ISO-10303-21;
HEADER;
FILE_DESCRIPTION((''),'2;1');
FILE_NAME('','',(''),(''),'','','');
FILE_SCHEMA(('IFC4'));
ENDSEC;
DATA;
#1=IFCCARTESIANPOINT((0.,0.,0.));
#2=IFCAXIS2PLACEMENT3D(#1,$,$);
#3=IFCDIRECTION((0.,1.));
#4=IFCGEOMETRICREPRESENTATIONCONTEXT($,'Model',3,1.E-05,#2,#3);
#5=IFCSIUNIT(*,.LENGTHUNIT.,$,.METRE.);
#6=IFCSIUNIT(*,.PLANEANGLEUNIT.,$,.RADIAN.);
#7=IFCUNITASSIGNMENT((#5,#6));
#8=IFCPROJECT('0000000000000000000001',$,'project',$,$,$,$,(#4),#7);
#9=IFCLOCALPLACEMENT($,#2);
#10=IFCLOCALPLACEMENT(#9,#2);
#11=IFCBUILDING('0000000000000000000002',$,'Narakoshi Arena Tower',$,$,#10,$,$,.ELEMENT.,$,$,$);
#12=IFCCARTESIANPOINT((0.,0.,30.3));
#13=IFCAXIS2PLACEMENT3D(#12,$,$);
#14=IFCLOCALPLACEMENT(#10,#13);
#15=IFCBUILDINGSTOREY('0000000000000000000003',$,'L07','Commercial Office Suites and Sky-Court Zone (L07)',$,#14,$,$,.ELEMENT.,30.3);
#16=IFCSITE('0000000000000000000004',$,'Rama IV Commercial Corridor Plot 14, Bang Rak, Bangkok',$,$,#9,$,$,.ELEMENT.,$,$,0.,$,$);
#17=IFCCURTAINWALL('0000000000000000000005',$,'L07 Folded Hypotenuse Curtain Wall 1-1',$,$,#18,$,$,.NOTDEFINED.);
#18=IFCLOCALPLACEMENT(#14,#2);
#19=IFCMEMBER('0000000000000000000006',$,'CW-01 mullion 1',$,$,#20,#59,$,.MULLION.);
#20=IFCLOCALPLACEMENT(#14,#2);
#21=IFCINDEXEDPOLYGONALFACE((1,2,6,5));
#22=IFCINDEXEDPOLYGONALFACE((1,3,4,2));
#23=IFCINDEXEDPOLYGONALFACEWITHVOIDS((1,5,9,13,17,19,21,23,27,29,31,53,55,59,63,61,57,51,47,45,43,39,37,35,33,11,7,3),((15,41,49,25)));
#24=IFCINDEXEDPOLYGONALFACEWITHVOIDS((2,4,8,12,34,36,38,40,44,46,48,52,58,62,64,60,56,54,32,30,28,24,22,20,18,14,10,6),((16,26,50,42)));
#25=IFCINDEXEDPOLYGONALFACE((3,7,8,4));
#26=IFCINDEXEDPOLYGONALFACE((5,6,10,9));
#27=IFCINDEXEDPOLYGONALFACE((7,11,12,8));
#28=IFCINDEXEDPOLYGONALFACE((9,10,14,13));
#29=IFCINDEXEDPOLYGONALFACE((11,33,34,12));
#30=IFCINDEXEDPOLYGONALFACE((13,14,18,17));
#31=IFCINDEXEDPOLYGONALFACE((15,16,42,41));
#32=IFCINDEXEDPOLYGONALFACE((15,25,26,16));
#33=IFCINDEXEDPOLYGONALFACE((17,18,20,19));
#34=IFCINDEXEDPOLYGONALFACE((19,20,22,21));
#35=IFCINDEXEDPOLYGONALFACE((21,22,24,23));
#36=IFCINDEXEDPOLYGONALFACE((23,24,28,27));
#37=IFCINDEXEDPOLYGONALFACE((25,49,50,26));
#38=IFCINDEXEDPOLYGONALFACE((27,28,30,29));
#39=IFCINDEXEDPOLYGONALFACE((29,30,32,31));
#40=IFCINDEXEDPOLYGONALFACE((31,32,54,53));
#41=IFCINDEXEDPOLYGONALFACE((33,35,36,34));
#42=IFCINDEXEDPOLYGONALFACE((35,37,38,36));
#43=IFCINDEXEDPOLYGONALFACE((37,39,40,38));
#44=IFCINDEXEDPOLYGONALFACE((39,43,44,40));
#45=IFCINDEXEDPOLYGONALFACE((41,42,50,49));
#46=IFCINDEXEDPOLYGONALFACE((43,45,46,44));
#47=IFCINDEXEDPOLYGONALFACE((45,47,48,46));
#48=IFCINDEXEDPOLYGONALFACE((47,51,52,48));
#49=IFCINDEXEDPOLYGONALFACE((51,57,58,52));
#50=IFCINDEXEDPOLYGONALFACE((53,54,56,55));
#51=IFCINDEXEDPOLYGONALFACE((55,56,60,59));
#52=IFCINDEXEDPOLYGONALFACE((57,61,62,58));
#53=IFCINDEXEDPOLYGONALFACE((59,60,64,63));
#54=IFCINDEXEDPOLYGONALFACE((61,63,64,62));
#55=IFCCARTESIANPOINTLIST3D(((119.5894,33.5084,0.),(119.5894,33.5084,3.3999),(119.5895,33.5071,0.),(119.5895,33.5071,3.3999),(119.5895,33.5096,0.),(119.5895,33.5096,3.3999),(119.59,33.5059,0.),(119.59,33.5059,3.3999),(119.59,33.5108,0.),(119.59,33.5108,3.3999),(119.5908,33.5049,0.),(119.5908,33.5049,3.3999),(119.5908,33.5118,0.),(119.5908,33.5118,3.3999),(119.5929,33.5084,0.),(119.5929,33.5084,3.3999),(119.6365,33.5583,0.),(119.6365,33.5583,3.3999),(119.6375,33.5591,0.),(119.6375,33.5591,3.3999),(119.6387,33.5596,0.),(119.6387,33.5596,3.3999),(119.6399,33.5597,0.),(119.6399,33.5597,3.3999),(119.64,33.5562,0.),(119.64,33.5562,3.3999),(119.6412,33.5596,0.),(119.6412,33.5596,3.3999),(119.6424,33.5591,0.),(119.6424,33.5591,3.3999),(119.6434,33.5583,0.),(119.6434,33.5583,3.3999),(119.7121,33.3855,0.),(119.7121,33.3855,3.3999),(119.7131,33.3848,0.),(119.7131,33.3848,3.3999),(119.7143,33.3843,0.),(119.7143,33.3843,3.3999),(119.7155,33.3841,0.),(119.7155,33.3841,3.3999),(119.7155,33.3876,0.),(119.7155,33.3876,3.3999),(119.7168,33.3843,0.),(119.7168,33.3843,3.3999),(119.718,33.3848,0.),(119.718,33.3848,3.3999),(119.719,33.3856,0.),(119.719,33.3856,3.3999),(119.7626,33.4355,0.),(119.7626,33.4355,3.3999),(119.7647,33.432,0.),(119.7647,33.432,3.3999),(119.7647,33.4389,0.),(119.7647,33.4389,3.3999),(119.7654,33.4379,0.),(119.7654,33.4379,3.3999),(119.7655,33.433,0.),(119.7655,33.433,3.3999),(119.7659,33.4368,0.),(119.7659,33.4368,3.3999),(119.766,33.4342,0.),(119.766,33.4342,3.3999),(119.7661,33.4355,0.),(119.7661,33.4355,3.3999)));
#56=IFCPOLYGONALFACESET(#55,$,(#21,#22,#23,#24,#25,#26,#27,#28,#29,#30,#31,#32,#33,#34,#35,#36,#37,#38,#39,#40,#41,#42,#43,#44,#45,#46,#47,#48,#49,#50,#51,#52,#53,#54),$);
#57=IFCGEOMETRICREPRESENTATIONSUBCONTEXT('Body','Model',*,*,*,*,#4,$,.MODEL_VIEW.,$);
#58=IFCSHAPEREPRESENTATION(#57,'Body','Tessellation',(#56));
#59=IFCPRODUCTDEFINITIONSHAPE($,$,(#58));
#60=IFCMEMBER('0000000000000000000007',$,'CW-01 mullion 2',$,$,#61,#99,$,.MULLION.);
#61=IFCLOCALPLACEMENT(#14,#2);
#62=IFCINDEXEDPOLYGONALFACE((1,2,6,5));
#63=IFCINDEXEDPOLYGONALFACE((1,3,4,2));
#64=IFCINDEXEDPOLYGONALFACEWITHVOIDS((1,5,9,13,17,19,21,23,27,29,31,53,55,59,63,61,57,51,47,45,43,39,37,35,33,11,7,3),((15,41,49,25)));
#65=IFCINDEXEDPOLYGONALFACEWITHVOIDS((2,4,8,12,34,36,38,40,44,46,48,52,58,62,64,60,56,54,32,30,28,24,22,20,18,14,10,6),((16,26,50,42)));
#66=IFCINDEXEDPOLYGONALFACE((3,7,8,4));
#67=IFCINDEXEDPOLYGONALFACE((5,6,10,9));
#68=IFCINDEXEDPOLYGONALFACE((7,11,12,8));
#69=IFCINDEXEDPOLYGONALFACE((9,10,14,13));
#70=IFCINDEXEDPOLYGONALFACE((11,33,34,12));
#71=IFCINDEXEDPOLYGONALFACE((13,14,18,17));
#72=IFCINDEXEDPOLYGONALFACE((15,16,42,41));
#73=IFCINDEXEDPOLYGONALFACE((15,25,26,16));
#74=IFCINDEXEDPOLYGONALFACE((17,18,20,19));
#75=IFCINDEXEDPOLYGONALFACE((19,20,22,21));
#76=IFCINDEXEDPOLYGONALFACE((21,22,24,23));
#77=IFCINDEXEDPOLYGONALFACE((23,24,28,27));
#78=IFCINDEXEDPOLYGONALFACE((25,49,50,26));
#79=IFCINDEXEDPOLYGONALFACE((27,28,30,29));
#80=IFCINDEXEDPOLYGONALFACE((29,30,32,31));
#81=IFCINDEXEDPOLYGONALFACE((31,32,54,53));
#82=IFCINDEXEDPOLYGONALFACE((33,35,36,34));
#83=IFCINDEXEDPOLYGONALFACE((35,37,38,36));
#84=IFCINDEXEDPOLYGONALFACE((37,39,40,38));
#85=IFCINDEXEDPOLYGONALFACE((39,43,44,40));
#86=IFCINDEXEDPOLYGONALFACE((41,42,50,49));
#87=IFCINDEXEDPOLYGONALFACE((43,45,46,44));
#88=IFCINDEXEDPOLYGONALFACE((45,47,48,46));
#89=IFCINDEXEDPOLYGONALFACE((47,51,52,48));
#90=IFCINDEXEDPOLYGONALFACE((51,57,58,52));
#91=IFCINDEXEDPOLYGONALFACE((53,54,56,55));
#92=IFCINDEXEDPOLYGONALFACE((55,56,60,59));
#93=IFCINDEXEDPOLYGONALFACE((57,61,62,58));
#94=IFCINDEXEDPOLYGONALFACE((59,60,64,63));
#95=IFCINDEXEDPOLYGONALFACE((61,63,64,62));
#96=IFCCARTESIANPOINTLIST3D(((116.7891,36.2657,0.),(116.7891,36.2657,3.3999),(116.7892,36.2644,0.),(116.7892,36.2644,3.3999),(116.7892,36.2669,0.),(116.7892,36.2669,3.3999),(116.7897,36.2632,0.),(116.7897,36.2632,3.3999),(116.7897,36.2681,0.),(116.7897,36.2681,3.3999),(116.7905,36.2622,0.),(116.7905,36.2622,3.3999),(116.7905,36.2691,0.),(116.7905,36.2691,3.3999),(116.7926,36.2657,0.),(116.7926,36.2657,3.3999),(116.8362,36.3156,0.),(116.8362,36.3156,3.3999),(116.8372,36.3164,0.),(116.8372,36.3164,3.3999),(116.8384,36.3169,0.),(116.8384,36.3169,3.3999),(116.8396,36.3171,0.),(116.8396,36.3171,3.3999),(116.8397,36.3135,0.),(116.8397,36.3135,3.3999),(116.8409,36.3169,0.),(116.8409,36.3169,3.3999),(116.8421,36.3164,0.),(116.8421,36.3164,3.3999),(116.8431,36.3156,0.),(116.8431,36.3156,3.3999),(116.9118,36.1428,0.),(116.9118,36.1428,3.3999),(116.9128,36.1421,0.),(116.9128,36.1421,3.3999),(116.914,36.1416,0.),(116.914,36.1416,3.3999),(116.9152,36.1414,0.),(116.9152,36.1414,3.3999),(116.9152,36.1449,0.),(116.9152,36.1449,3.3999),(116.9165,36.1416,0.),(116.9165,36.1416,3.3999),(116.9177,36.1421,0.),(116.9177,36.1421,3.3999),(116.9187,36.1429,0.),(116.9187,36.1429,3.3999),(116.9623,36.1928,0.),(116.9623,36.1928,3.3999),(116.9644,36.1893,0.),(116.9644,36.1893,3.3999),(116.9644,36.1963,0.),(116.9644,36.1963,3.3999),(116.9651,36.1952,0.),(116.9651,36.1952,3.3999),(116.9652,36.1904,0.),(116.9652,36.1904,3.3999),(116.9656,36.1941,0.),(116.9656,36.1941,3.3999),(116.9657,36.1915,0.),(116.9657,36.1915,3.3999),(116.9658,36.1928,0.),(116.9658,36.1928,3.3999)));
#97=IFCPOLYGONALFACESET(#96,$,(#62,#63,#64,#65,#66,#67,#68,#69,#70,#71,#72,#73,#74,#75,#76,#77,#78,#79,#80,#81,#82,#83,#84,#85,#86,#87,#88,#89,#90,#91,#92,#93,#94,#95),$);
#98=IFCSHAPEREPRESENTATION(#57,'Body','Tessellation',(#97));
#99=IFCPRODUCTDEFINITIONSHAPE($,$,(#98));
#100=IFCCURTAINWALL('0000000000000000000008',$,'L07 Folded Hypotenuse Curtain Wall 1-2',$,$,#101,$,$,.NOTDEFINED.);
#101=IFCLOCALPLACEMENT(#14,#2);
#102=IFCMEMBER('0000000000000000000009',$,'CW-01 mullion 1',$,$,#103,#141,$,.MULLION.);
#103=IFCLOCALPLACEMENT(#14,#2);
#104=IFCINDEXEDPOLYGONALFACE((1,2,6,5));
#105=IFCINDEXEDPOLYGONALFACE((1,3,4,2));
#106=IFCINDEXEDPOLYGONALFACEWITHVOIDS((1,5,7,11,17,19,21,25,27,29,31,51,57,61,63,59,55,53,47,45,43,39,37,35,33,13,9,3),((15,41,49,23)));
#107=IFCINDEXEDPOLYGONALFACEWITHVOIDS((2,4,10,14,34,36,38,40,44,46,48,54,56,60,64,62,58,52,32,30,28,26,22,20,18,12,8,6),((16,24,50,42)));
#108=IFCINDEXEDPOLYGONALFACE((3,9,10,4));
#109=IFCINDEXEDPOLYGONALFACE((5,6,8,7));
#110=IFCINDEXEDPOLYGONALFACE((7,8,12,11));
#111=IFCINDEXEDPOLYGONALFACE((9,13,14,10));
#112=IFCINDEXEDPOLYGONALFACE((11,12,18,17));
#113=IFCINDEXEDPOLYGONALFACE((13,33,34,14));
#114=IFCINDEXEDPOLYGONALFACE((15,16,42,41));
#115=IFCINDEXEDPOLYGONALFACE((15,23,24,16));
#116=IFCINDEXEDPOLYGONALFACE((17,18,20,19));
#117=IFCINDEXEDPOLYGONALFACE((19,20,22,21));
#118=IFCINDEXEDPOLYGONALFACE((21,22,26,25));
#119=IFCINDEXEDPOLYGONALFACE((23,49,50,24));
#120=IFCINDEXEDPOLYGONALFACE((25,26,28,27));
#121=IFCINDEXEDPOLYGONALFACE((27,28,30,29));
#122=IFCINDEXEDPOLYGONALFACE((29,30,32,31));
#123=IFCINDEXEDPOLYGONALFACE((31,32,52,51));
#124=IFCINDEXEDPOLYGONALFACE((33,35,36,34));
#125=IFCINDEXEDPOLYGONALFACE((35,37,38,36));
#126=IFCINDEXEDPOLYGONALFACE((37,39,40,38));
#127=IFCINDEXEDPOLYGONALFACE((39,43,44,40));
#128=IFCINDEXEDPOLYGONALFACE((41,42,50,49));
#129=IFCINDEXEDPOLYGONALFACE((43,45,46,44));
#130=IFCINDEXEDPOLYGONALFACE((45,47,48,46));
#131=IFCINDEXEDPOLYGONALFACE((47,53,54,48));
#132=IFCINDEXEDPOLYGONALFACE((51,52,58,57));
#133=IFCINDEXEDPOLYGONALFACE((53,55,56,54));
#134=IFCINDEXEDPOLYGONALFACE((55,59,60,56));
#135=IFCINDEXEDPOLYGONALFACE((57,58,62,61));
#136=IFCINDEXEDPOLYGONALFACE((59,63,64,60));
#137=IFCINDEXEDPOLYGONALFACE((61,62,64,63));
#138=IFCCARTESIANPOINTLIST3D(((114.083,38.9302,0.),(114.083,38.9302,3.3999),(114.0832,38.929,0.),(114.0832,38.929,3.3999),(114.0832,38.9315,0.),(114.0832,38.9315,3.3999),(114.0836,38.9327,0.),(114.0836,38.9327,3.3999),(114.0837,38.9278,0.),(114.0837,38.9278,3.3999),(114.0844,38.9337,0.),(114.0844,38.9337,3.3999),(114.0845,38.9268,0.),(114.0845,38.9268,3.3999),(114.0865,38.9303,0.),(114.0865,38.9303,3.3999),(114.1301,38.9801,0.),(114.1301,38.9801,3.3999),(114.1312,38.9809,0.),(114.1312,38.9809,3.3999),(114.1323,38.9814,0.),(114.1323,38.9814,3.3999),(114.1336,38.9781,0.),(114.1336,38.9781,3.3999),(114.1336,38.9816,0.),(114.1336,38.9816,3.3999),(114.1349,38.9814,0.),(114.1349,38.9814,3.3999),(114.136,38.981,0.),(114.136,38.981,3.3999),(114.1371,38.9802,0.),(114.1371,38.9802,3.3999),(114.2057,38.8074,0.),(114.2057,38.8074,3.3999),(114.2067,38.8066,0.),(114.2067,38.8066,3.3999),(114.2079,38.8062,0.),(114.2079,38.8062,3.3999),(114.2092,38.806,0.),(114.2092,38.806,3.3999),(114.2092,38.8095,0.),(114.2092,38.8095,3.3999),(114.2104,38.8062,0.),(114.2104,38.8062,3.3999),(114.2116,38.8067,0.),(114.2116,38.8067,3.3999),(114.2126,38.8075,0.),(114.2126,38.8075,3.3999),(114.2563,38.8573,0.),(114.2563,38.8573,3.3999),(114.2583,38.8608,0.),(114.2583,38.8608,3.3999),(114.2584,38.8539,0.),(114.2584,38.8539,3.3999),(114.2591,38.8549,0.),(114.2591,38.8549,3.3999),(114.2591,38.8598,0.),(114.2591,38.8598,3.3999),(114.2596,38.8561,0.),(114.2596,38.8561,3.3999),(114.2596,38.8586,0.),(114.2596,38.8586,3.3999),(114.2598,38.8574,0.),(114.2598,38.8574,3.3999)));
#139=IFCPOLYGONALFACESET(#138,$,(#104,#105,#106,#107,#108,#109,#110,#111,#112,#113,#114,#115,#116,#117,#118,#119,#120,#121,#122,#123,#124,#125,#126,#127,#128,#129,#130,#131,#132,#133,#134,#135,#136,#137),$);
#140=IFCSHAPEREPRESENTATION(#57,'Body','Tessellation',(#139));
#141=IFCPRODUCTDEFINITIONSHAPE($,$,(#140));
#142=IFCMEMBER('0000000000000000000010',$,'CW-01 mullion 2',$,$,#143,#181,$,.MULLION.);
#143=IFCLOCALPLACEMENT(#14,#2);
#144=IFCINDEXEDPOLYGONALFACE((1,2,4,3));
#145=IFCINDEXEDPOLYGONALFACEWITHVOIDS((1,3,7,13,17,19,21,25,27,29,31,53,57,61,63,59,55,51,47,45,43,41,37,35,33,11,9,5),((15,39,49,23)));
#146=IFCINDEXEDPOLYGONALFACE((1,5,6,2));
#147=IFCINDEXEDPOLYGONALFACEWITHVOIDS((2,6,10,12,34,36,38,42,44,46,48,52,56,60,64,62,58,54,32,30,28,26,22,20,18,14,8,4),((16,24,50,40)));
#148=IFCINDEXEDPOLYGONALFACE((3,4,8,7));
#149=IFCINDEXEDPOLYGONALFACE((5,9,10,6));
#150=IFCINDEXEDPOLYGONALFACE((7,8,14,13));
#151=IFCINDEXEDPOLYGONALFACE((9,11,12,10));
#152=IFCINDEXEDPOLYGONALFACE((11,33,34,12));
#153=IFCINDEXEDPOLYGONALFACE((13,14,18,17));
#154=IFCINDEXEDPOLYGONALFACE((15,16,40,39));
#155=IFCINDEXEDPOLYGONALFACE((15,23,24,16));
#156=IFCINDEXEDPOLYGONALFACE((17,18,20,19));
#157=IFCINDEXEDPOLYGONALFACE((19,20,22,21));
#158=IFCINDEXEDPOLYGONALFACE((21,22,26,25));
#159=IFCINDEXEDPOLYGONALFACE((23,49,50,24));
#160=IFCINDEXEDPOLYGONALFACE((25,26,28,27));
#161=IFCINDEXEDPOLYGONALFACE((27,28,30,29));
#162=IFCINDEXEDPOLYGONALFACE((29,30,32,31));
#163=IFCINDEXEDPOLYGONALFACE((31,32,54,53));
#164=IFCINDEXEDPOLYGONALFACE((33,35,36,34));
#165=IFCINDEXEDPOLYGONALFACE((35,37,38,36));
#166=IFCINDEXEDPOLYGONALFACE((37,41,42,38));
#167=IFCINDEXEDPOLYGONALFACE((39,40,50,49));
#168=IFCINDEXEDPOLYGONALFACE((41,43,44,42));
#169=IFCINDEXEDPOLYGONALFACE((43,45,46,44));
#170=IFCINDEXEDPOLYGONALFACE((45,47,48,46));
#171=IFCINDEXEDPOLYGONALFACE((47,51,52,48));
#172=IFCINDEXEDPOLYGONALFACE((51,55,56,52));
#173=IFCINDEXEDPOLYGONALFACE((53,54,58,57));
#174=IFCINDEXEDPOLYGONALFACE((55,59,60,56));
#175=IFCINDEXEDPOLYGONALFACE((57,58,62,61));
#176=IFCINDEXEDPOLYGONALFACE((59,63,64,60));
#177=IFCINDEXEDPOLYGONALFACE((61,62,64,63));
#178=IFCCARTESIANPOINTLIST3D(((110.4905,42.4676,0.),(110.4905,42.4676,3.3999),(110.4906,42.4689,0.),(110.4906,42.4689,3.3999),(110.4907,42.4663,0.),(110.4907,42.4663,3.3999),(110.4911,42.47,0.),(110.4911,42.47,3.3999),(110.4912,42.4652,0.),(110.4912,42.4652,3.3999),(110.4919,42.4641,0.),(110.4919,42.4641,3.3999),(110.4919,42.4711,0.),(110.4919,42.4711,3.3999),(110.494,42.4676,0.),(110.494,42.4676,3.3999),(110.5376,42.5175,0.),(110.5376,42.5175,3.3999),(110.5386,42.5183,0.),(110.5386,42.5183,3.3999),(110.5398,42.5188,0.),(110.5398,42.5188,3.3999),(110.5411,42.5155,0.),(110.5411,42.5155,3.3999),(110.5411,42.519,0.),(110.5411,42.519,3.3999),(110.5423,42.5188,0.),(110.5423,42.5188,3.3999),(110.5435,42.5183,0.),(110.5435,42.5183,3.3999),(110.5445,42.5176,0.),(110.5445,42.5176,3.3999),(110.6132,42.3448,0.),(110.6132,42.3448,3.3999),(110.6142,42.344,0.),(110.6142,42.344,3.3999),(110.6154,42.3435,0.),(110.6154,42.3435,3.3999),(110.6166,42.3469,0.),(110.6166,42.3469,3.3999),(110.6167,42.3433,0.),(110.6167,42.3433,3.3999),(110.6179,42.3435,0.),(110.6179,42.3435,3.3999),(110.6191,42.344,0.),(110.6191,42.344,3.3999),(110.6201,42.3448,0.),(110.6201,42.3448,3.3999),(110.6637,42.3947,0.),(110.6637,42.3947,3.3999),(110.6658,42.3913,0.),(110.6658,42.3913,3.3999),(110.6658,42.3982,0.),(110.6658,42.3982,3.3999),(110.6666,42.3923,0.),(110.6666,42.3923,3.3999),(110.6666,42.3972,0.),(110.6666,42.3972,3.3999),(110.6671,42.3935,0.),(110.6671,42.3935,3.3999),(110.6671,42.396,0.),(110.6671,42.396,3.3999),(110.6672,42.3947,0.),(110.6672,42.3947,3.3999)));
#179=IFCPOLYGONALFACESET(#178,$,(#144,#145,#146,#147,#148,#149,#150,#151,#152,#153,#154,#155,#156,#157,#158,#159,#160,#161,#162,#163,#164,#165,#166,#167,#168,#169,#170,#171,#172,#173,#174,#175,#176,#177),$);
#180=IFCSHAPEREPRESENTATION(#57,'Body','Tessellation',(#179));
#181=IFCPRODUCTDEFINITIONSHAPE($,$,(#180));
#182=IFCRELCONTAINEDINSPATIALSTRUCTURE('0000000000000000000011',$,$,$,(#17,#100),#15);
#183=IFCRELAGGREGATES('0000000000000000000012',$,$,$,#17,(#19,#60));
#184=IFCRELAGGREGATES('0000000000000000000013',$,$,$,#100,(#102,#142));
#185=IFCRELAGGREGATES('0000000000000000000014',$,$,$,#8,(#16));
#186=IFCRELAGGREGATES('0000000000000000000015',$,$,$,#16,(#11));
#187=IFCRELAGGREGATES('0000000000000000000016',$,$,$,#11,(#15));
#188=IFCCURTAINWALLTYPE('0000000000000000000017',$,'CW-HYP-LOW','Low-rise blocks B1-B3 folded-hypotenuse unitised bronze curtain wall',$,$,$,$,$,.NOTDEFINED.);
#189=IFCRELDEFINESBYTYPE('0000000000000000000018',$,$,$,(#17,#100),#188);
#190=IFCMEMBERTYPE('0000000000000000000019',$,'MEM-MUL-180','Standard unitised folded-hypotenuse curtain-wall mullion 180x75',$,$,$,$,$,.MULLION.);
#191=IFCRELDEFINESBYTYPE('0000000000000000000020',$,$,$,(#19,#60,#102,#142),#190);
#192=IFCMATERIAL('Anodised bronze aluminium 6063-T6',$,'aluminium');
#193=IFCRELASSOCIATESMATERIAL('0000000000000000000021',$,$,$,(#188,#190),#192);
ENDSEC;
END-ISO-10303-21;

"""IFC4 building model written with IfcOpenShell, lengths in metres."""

from ifc_helpers import new_model, si_unit, direction, frame, origin, origin_2d, place, context, subcontext, project, spatial, hollow_rectangle, extrude, material, material_profile, profile_set, type_object, element, aggregate, save


model = new_model("IFC4")

# Units and contexts
model_context = context("Model", 3, precision=1e-05, world=origin(), true_north=direction((0.0, 1.0)))
body_context = subcontext(model_context, "Body", "Model", "MODEL_VIEW")
ifc_project = project(units=[si_unit("LENGTHUNIT", "METRE"), si_unit("PLANEANGLEUNIT", "RADIAN")], contexts=[model_context])

# Site, building, storey
site_placement = place(None, origin())
site = spatial("IfcSite", under=ifc_project, at=site_placement, Name="Rama IV Commercial Corridor Plot 14, Bang Rak, Bangkok", CompositionType="ELEMENT", RefElevation=0.0)
building_placement = place(site_placement, origin())
building = spatial("IfcBuilding", under=site, at=building_placement, Name="Narakoshi Arena Tower", CompositionType="ELEMENT")
storey_placement = place(building_placement, frame((0.0, 0.0, 30.3)))
storey = spatial("IfcBuildingStorey", under=building, at=storey_placement, Name="L07", Description="Commercial Office Suites and Sky-Court Zone (L07)", CompositionType="ELEMENT", Elevation=30.3)

# Curtain walls, members
ifc_material_1 = material(Name="Anodised bronze aluminium 6063-T6", Category="aluminium")
curtain_wall_type = type_object("IfcCurtainWallType", Name="CW-HYP-LOW", Description="Low-rise blocks B1-B3 folded-hypotenuse unitised bronze curtain wall", PredefinedType="NOTDEFINED", material=ifc_material_1)
curtain_wall_1_placement = place(storey_placement, origin())
curtain_wall_1 = element("IfcCurtainWall", 1, at=curtain_wall_1_placement, inside=storey, type_object=curtain_wall_type, Name="L07 Folded Hypotenuse Curtain Wall 1-1", PredefinedType="NOTDEFINED")
ifc_material_profile_1 = material_profile(ifc_material_1, hollow_rectangle(XDim=0.075, YDim=0.1799, WallThickness=0.0039, OuterFilletRadius=0.0049, at=origin_2d()), Name="MUL180x75x4")
ifc_profile_set_1 = profile_set([ifc_material_profile_1], Name="Anodised bronze aluminium 6063-T6")
member_type_1 = type_object("IfcMemberType", Name="MEM-MUL-180", Description="Standard unitised folded-hypotenuse curtain-wall mullion 180x75", PredefinedType="MULLION", material=ifc_profile_set_1)
member_1_placement = place(storey_placement, frame((119.6777, 33.4719, 0.0), z_axis=(0.0, 0.0, 1.0), x_axis=(-0.70163, -0.712541, 0.0)))
member_1 = element("IfcMember", 2, at=member_1_placement, type_object=member_type_1, Name="CW-01 mullion 1", PredefinedType="MULLION", context=body_context, shape_type="SweptSolid", body=[
    extrude(hollow_rectangle(XDim=0.075, YDim=0.1799, WallThickness=0.0039, OuterFilletRadius=0.0049, at=origin_2d()), origin(), (0.0, 0.0, 1.0), 3.3999),
])
member_2_placement = place(storey_placement, frame((116.8774, 36.2292, 0.0), z_axis=(0.0, 0.0, 1.0), x_axis=(-0.70163, -0.712541, 0.0)))
member_2 = element("IfcMember", 3, at=member_2_placement, type_object=member_type_1, Name="CW-01 mullion 2", PredefinedType="MULLION", context=body_context, shape_type="SweptSolid", body=[
    extrude(hollow_rectangle(XDim=0.075, YDim=0.1799, WallThickness=0.0039, OuterFilletRadius=0.0049, at=origin_2d()), origin(), (0.0, 0.0, 1.0), 3.3999),
])
curtain_wall_2_placement = place(storey_placement, origin())
curtain_wall_2 = element("IfcCurtainWall", 4, at=curtain_wall_2_placement, inside=storey, type_object=curtain_wall_type, Name="L07 Folded Hypotenuse Curtain Wall 1-2", PredefinedType="NOTDEFINED")
member_3_placement = place(storey_placement, frame((114.1714, 38.8938, 0.0), z_axis=(0.0, 0.0, 1.0), x_axis=(-0.701623, -0.712548, 0.0)))
member_3 = element("IfcMember", 5, at=member_3_placement, type_object=member_type_1, Name="CW-01 mullion 1", PredefinedType="MULLION", context=body_context, shape_type="SweptSolid", body=[
    extrude(hollow_rectangle(XDim=0.075, YDim=0.1799, WallThickness=0.0039, OuterFilletRadius=0.0049, at=origin_2d()), origin(), (0.0, 0.0, 1.0), 3.3999),
])
member_4_placement = place(storey_placement, frame((110.5789, 42.4312, 0.0), z_axis=(0.0, 0.0, 1.0), x_axis=(-0.701623, -0.712548, 0.0)))
member_4 = element("IfcMember", 6, at=member_4_placement, type_object=member_type_1, Name="CW-01 mullion 2", PredefinedType="MULLION", context=body_context, shape_type="SweptSolid", body=[
    extrude(hollow_rectangle(XDim=0.075, YDim=0.1799, WallThickness=0.0039, OuterFilletRadius=0.0049, at=origin_2d()), origin(), (0.0, 0.0, 1.0), 3.3999),
])

aggregate(curtain_wall_1, [member_1, member_2])
aggregate(curtain_wall_2, [member_3, member_4])

save(model, "model.ifc")
